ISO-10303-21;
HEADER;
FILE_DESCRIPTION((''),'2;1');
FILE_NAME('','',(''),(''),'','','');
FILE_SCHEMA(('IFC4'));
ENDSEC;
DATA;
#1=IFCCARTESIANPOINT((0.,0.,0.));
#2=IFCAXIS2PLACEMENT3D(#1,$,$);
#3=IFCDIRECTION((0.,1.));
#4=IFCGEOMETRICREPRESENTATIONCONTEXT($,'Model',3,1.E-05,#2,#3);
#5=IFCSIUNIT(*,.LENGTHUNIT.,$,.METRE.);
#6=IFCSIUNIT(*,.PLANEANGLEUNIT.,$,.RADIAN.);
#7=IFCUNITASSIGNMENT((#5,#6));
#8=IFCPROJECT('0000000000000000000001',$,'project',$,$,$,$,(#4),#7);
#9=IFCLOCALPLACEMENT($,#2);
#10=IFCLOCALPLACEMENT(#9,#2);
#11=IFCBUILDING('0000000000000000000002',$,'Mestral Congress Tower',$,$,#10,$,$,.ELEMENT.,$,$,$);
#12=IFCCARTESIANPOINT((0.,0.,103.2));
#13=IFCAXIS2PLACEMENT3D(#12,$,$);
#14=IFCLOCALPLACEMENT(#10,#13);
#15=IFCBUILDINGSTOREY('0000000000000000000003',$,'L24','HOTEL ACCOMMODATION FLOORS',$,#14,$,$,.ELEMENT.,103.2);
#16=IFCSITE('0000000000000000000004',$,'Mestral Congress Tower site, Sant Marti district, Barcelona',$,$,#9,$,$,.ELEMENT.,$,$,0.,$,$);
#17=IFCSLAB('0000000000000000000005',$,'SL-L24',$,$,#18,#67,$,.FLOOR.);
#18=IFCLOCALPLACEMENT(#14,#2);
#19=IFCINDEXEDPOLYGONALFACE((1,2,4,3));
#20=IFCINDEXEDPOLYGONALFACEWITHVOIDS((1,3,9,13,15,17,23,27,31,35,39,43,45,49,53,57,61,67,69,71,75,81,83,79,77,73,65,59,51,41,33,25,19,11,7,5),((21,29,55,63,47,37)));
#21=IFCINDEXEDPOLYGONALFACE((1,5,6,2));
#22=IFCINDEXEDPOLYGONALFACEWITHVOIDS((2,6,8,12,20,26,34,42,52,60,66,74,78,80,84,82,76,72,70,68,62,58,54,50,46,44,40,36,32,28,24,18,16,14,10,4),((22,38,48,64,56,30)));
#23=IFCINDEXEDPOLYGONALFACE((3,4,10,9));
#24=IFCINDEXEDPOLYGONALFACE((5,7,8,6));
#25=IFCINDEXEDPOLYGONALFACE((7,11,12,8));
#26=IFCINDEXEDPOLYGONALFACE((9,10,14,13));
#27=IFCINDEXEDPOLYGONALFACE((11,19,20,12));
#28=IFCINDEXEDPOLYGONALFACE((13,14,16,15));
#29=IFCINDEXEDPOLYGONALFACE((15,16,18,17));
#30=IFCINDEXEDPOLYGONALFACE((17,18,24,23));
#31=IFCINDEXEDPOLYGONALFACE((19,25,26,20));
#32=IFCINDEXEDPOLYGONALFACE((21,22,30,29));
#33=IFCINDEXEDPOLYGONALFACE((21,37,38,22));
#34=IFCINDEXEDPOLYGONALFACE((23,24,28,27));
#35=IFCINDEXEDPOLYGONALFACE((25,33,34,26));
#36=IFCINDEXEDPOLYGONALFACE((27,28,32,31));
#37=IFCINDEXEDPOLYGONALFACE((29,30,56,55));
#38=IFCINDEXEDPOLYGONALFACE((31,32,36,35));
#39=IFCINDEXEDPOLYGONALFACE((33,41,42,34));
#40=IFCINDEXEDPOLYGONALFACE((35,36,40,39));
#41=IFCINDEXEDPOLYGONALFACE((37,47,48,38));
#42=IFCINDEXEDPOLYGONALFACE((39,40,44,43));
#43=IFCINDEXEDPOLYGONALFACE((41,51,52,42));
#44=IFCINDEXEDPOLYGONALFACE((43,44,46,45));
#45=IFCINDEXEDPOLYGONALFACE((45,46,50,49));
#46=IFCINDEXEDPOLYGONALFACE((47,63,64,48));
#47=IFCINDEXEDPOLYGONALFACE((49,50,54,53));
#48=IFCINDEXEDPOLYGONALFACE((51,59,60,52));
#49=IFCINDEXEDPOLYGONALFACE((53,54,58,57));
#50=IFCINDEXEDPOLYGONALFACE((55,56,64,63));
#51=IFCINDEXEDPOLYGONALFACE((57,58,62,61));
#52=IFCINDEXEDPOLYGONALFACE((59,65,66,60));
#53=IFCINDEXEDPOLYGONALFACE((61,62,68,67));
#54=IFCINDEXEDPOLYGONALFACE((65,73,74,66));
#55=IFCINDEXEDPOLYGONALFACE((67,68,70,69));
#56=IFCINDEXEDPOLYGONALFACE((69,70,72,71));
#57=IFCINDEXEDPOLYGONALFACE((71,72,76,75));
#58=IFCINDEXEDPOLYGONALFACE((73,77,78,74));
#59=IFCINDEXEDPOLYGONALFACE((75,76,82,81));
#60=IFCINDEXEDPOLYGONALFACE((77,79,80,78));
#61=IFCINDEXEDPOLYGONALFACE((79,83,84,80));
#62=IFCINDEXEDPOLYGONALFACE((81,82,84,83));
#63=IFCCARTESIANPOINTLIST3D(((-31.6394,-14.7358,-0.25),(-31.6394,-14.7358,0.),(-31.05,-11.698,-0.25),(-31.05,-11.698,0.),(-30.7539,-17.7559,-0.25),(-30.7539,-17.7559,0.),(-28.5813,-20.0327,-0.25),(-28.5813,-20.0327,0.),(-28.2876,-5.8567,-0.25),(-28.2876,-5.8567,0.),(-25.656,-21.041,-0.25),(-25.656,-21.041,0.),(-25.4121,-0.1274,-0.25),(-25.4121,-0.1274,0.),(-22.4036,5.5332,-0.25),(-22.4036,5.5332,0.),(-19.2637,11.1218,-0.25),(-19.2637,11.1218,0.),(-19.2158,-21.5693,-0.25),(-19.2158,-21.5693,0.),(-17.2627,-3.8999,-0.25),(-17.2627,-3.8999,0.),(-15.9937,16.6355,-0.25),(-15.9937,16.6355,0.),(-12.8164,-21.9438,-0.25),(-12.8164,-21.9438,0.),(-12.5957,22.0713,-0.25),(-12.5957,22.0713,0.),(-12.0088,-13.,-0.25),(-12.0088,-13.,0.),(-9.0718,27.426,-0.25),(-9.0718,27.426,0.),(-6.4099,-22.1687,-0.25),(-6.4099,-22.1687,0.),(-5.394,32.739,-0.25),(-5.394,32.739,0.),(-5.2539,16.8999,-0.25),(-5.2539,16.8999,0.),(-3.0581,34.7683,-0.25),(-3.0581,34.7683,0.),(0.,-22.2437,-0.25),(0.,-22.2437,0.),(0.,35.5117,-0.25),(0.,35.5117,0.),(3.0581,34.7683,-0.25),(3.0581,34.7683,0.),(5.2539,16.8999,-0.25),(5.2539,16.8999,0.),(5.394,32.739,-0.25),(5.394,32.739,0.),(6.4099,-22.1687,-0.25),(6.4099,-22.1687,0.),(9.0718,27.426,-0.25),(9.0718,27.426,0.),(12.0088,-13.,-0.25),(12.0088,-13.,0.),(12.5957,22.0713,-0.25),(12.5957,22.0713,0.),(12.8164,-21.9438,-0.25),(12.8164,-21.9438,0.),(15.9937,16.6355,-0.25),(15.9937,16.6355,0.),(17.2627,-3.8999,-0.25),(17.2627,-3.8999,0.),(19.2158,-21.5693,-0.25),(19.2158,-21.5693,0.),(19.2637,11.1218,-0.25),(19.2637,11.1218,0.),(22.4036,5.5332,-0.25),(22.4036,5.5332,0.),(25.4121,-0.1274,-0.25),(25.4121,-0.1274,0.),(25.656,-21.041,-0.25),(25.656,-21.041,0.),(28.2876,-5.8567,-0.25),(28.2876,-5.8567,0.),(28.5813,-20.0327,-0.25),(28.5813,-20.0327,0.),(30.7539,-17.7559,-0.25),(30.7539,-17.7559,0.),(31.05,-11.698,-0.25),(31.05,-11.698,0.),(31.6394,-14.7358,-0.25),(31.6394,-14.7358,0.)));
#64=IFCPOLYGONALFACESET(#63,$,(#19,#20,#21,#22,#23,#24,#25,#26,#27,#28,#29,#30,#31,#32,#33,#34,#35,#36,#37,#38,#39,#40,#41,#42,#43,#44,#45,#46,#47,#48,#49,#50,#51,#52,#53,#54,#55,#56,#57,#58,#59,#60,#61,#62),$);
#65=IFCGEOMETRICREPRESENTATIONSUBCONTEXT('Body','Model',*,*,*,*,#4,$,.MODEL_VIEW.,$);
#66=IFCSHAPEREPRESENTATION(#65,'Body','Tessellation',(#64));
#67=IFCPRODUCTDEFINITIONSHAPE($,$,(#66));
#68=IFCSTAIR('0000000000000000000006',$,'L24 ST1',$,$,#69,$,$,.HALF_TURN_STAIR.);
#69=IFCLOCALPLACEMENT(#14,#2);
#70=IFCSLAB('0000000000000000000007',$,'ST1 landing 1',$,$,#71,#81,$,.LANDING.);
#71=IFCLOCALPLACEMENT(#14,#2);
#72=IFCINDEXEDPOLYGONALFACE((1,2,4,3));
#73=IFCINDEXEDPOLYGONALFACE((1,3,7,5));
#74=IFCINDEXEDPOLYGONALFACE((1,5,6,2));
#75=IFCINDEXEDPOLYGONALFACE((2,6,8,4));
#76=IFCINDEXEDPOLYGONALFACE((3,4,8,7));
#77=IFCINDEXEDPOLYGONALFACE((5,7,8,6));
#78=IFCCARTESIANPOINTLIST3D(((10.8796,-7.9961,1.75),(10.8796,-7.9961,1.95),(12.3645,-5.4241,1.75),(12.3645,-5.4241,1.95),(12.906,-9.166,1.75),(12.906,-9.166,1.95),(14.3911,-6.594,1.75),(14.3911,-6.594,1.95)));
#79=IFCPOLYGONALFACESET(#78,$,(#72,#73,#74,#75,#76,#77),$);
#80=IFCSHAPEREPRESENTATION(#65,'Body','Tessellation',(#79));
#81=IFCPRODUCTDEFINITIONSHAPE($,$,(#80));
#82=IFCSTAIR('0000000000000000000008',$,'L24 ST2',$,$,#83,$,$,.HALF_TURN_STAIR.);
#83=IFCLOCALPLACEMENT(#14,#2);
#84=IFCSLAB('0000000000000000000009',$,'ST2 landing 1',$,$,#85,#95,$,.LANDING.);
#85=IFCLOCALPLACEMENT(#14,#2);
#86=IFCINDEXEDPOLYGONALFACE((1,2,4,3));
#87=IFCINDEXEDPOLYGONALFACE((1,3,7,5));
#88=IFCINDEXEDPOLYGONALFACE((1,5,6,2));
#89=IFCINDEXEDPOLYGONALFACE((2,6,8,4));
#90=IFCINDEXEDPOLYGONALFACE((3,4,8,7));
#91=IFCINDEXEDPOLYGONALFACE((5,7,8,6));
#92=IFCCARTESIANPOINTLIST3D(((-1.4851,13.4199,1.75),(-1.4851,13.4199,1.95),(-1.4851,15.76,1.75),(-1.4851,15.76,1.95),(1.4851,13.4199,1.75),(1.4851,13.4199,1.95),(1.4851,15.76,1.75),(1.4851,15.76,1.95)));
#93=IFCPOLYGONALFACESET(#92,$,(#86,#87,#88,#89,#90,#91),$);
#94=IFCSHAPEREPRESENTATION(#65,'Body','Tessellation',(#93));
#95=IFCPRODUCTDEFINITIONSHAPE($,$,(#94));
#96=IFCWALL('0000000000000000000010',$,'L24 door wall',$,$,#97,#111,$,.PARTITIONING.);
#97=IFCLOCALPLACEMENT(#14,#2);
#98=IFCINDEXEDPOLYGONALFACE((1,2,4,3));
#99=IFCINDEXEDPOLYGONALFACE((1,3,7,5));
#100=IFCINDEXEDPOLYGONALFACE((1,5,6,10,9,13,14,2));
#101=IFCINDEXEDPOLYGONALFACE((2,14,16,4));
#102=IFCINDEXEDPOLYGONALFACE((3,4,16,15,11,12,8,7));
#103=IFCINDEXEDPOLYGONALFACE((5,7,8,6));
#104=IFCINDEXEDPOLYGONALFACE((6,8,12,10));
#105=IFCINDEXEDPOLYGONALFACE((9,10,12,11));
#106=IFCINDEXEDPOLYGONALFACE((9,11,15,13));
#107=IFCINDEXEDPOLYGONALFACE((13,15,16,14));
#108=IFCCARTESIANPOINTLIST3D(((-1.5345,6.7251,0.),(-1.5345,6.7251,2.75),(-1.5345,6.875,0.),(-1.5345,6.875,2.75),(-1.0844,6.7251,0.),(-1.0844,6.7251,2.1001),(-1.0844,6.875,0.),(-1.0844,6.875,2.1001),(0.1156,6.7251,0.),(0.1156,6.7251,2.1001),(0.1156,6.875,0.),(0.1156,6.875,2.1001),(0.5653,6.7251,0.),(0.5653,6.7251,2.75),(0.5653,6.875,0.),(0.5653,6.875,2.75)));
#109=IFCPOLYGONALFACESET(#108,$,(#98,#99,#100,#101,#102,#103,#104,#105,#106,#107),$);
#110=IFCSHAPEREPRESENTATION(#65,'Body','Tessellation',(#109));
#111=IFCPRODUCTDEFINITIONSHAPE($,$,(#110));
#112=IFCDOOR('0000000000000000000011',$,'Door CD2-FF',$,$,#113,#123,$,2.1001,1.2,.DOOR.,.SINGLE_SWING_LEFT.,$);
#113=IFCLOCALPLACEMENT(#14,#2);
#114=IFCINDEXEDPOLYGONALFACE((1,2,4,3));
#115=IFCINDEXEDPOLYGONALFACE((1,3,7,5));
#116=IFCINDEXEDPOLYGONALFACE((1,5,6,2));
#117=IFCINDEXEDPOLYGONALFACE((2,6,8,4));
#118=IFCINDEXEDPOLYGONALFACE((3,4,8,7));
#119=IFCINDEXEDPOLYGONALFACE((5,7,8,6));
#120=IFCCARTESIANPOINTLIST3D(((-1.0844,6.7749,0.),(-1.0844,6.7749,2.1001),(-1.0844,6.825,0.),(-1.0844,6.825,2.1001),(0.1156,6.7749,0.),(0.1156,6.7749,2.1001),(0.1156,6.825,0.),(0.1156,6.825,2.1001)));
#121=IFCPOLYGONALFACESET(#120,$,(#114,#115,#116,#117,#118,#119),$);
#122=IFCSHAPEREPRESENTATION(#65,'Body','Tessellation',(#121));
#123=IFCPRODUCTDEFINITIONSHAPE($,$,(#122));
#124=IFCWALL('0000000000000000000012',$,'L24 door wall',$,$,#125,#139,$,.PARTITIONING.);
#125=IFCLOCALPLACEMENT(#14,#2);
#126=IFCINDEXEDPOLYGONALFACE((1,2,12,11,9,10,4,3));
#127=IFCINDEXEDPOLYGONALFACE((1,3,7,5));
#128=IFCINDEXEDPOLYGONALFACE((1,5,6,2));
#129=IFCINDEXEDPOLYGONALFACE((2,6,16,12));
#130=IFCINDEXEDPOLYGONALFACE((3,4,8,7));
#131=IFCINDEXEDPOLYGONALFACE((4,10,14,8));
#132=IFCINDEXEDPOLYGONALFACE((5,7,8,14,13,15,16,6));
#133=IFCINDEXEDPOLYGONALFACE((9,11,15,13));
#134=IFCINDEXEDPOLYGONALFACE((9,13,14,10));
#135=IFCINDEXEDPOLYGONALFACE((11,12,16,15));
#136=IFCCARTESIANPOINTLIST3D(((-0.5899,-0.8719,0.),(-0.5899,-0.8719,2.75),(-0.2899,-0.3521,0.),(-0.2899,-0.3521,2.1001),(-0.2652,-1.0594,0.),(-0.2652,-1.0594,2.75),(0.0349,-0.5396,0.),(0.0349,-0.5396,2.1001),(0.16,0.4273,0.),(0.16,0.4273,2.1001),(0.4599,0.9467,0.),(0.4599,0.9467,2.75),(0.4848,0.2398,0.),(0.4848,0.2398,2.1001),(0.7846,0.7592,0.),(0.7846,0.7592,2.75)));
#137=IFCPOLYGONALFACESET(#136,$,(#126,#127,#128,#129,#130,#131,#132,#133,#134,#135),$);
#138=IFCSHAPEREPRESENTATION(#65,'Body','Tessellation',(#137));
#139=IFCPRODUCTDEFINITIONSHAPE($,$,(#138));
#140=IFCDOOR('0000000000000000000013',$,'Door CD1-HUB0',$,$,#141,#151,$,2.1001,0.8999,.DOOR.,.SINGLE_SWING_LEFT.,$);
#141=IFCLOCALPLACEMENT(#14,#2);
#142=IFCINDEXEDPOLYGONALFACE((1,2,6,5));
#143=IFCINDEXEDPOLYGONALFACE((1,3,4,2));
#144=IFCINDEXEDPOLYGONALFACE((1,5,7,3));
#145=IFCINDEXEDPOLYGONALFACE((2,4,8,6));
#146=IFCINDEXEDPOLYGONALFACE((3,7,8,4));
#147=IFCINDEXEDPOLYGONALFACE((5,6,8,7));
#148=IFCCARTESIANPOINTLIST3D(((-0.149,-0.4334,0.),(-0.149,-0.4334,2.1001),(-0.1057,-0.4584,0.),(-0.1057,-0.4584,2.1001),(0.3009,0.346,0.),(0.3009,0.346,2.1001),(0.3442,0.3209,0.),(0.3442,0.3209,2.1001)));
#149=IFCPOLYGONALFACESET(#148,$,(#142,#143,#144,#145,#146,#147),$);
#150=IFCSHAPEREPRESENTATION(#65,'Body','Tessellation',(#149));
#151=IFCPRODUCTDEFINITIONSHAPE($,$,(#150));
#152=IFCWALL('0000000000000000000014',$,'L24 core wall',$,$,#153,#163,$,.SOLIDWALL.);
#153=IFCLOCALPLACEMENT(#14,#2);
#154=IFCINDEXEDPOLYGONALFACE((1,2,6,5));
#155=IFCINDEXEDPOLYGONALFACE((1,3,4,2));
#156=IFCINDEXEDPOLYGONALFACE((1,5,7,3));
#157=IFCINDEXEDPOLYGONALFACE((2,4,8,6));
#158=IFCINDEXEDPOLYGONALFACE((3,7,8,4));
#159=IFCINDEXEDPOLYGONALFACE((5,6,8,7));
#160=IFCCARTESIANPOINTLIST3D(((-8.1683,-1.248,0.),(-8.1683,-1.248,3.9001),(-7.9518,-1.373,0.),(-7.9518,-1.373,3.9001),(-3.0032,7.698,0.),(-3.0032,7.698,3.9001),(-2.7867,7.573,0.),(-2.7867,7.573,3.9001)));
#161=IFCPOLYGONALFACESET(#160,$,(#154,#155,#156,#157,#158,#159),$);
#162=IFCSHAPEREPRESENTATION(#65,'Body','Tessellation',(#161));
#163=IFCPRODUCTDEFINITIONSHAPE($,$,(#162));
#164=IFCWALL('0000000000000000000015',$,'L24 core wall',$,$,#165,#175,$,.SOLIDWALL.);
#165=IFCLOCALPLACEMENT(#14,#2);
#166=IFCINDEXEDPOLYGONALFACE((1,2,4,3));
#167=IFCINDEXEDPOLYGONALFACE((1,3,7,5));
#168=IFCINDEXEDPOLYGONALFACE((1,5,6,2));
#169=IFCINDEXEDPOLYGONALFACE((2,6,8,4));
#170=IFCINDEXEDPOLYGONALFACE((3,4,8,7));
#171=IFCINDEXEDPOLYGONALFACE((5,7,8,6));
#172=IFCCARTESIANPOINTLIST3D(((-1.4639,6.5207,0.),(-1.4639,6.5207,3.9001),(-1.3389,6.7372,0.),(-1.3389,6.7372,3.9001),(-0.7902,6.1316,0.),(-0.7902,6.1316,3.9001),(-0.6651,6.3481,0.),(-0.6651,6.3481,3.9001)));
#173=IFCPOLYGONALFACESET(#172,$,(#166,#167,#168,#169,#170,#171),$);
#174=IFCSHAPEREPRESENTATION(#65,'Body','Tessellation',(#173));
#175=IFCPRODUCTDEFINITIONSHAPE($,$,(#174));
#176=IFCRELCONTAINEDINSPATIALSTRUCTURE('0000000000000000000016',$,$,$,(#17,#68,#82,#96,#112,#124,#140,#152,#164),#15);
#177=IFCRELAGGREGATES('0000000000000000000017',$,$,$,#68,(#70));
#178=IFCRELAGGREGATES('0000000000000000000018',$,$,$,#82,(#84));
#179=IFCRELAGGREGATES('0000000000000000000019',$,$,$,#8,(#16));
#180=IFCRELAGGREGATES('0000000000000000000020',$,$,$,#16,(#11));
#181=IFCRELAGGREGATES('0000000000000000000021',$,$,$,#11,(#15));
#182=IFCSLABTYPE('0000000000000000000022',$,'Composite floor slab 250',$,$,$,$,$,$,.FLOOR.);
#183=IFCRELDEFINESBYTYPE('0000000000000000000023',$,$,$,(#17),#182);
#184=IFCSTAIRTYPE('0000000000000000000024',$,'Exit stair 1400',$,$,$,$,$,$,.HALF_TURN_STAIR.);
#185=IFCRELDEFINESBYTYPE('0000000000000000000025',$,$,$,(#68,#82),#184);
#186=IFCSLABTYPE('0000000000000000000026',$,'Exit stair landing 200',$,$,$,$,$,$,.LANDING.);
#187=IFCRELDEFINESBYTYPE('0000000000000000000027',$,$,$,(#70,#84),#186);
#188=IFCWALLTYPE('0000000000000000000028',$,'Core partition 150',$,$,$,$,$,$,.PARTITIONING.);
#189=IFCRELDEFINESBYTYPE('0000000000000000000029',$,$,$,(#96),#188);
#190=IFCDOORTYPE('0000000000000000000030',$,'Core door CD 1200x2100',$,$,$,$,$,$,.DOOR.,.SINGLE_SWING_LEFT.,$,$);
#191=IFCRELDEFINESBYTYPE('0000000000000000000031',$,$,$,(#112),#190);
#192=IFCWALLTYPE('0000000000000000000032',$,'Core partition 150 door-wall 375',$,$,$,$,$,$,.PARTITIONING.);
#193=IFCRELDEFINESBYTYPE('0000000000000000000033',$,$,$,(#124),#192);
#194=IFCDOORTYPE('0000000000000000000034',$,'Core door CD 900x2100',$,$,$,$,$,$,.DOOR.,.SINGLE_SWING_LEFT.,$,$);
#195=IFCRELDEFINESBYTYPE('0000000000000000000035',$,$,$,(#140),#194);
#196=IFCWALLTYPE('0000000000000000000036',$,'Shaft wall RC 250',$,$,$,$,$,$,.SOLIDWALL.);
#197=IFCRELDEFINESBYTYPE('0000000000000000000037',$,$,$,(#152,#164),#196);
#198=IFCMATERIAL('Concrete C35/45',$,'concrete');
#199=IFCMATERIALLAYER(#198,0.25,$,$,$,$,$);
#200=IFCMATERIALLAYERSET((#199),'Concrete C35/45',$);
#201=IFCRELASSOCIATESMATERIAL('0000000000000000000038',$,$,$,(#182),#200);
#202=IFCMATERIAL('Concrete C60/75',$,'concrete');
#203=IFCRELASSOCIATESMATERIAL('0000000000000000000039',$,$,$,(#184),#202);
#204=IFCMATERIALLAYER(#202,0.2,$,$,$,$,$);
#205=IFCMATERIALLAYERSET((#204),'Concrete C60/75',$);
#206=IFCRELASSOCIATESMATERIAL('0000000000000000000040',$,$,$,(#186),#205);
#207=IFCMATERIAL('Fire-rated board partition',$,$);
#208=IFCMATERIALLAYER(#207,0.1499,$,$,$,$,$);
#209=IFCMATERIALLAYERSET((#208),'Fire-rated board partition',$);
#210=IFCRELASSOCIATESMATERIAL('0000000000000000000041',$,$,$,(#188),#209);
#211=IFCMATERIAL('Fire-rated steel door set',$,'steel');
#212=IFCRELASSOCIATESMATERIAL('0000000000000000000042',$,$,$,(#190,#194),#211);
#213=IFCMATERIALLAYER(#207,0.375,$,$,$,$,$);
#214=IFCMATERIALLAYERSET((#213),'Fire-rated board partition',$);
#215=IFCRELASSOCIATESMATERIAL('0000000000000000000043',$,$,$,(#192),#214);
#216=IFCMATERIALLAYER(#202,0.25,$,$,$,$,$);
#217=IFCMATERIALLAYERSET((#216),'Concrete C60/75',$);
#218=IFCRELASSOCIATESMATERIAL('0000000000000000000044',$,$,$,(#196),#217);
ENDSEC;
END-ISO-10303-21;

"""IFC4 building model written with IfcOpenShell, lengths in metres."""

from ifc_helpers import new_model, si_unit, direction, frame, frame_2d, origin, place, context, subcontext, project, spatial, polyline, rectangle, outline, extrude, material, layer, layer_set, type_object, element, fill, aggregate, save


model = new_model("IFC4")

# Units and contexts
model_context = context("Model", 3, precision=1e-05, world=origin(), true_north=direction((0.0, 1.0)))
body_context = subcontext(model_context, "Body", "Model", "MODEL_VIEW")
ifc_project = project(units=[si_unit("LENGTHUNIT", "METRE"), si_unit("PLANEANGLEUNIT", "RADIAN")], contexts=[model_context])

# Site, building, storey
site_placement = place(None, origin())
site = spatial("IfcSite", under=ifc_project, at=site_placement, Name="Mestral Congress Tower site, Sant Marti district, Barcelona", CompositionType="ELEMENT", RefElevation=0.0)
building_placement = place(site_placement, origin())
building = spatial("IfcBuilding", under=site, at=building_placement, Name="Mestral Congress Tower", CompositionType="ELEMENT")
storey_placement = place(building_placement, frame((0.0, 0.0, 103.2)))
storey = spatial("IfcBuildingStorey", under=building, at=storey_placement, Name="L24", Description="HOTEL ACCOMMODATION FLOORS", CompositionType="ELEMENT", Elevation=103.2)

# Slab
ifc_material_1 = material(Name="Concrete C35/45", Category="concrete")
ifc_layer_1 = layer(ifc_material_1, 0.25)
ifc_layer_set_1 = layer_set([ifc_layer_1], Name="Concrete C35/45")
slab_type_1 = type_object("IfcSlabType", Name="Composite floor slab 250", PredefinedType="FLOOR", material=ifc_layer_set_1)
slab_1_placement = place(storey_placement, frame((0.0, 0.0, -0.25)))
element("IfcSlab", 1, at=slab_1_placement, inside=storey, type_object=slab_type_1, Name="SL-L24", PredefinedType="FLOOR", context=body_context, shape_type="SweptSolid", body=[
    extrude(outline(polyline([(-25.656, -21.041), (-28.5813, -20.0327), (-30.7539, -17.7559), (-31.6394, -14.7358), (-31.05, -11.698), (-28.2876, -5.8567), (-25.4121, -0.1274), (-22.4036, 5.5332), (-19.2637, 11.1218), (-15.9937, 16.6355), (-12.5957, 22.0713), (-9.0718, 27.426), (-5.394, 32.739), (-3.0581, 34.7683), (0.0, 35.5117), (3.0581, 34.7683), (5.394, 32.739), (9.0718, 27.426), (12.5957, 22.0713), (15.9937, 16.6355), (19.2637, 11.1218), (22.4036, 5.5332), (25.4121, -0.1274), (28.2876, -5.8567), (31.05, -11.698), (31.6394, -14.7358), (30.7539, -17.7559), (28.5813, -20.0327), (25.656, -21.041), (19.2158, -21.5693), (12.8164, -21.9438), (6.4099, -22.1687), (0.0, -22.2437), (-6.4099, -22.1687), (-12.8164, -21.9438), (-19.2158, -21.5693), (-25.656, -21.041)]), holes=[polyline([(-5.2539, 16.8999), (-17.2627, -3.8999), (-12.0088, -13.0), (12.0088, -13.0), (17.2627, -3.8999), (5.2539, 16.8999), (-5.2539, 16.8999)])]), origin(), (0.0, 0.0, 1.0), 0.25),
])

# Stairs, slabs
ifc_material_2 = material(Name="Concrete C60/75", Category="concrete")
stair_type = type_object("IfcStairType", Name="Exit stair 1400", PredefinedType="HALF_TURN_STAIR", material=ifc_material_2)
placement_1 = place(storey_placement, origin())
stair_1 = element("IfcStair", 2, at=placement_1, inside=storey, type_object=stair_type, Name="L24 ST1", PredefinedType="HALF_TURN_STAIR")
ifc_layer_2 = layer(ifc_material_2, 0.2)
ifc_layer_set_2 = layer_set([ifc_layer_2], Name="Concrete C60/75")
slab_type_2 = type_object("IfcSlabType", Name="Exit stair landing 200", PredefinedType="LANDING", material=ifc_layer_set_2)
placement_2 = place(storey_placement, frame((0.0, 0.0, 1.75)))
slab_2 = element("IfcSlab", 3, at=placement_2, type_object=slab_type_2, Name="ST1 landing 1", PredefinedType="LANDING", context=body_context, shape_type="SweptSolid", body=[
    extrude(outline(polyline([(10.8796, -7.9961), (12.3645, -5.4241), (14.3911, -6.594), (12.906, -9.166), (10.8796, -7.9961)])), origin(), (0.0, 0.0, 1.0), 0.2),
])
aggregate(stair_1, [slab_2])
stair_2 = element("IfcStair", 4, at=placement_1, inside=storey, type_object=stair_type, Name="L24 ST2", PredefinedType="HALF_TURN_STAIR")
slab_3 = element("IfcSlab", 5, at=placement_2, type_object=slab_type_2, Name="ST2 landing 1", PredefinedType="LANDING", context=body_context, shape_type="SweptSolid", body=[
    extrude(outline(polyline([(1.4851, 13.4199), (-1.4851, 13.4199), (-1.4851, 15.76), (1.4851, 15.76), (1.4851, 13.4199)])), origin(), (0.0, 0.0, 1.0), 0.2),
])
aggregate(stair_2, [slab_3])

# Walls, openings, doors
ifc_material_3 = material(Name="Fire-rated board partition")
ifc_layer_3 = layer(ifc_material_3, 0.1499)
ifc_layer_set_3 = layer_set([ifc_layer_3], Name="Fire-rated board partition")
wall_type_1 = type_object("IfcWallType", Name="Core partition 150", PredefinedType="PARTITIONING", material=ifc_layer_set_3)
wall_1_placement = place(storey_placement, frame((-1.5344, 6.8, 0.0), z_axis=(0.0, 0.0, 1.0), x_axis=(1.0, 0.0, 0.0)))
wall_1 = element("IfcWall", 6, at=wall_1_placement, inside=storey, type_object=wall_type_1, Name="L24 door wall", PredefinedType="PARTITIONING", context=body_context, shape_type="SweptSolid", body=[
    extrude(rectangle(XDim=2.0999, YDim=0.1499, at=frame_2d((1.0498, 0.0))), origin(), (0.0, 0.0, 1.0), 2.75),
])
opening_1_placement = place(wall_1_placement, frame((0.45, 0.0, 0.0)))
opening_1 = element("IfcOpeningElement", 7, at=opening_1_placement, cuts=wall_1, PredefinedType="OPENING", context=body_context, shape_type="SweptSolid", body=[
    extrude(rectangle(XDim=1.2, YDim=2.1001, at=frame_2d((0.6001, 1.05))), frame((0.0, 0.085, 0.0), z_axis=(0.0, -1.0, 0.0), x_axis=(1.0, 0.0, 0.0)), (0.0, 0.0, 1.0), 0.1699),
])
ifc_material_4 = material(Name="Fire-rated steel door set", Category="steel")
door_type_1 = type_object("IfcDoorType", Name="Core door CD 1200x2100", OperationType="SINGLE_SWING_LEFT", PredefinedType="DOOR", material=ifc_material_4)
door_1_placement = place(opening_1_placement, origin())
door_1 = element("IfcDoor", 8, at=door_1_placement, inside=storey, type_object=door_type_1, Name="Door CD2-FF", OperationType="SINGLE_SWING_LEFT", OverallHeight=2.1001, OverallWidth=1.2, PredefinedType="DOOR", context=body_context, shape_type="SweptSolid", body=[
    extrude(rectangle(XDim=1.2, YDim=2.1001, at=frame_2d((0.6001, 1.05))), frame((0.0, 0.0249, 0.0), z_axis=(0.0, -1.0, 0.0), x_axis=(1.0, 0.0, 0.0)), (0.0, 0.0, 1.0), 0.05),
])
fill(opening_1, door_1)
ifc_layer_4 = layer(ifc_material_3, 0.375)
ifc_layer_set_4 = layer_set([ifc_layer_4], Name="Fire-rated board partition")
wall_type_2 = type_object("IfcWallType", Name="Core partition 150 door-wall 375", PredefinedType="PARTITIONING", material=ifc_layer_set_4)
wall_2_placement = place(storey_placement, frame((-0.4275, -0.9656, 0.0), z_axis=(0.0, 0.0, 1.0), x_axis=(0.499941, 0.86606, 0.0)))
wall_2 = element("IfcWall", 9, at=wall_2_placement, inside=storey, type_object=wall_type_2, Name="L24 door wall", PredefinedType="PARTITIONING", context=body_context, shape_type="SweptSolid", body=[
    extrude(rectangle(XDim=2.0999, YDim=0.375, at=frame_2d((1.0498, 0.0))), origin(), (0.0, 0.0, 1.0), 2.75),
])
opening_2_placement = place(wall_2_placement, frame((0.6001, 0.0, 0.0)))
opening_2 = element("IfcOpeningElement", 10, at=opening_2_placement, cuts=wall_2, PredefinedType="OPENING", context=body_context, shape_type="SweptSolid", body=[
    extrude(rectangle(XDim=0.8999, YDim=2.1001, at=frame_2d((0.45, 1.05))), frame((0.0, 0.1975, 0.0), z_axis=(0.0, -1.0, 0.0), x_axis=(1.0, 0.0, 0.0)), (0.0, 0.0, 1.0), 0.395),
])
door_type_2 = type_object("IfcDoorType", Name="Core door CD 900x2100", OperationType="SINGLE_SWING_LEFT", PredefinedType="DOOR", material=ifc_material_4)
door_2_placement = place(opening_2_placement, origin())
door_2 = element("IfcDoor", 11, at=door_2_placement, inside=storey, type_object=door_type_2, Name="Door CD1-HUB0", OperationType="SINGLE_SWING_LEFT", OverallHeight=2.1001, OverallWidth=0.8999, PredefinedType="DOOR", context=body_context, shape_type="SweptSolid", body=[
    extrude(rectangle(XDim=0.8999, YDim=2.1001, at=frame_2d((0.45, 1.05))), frame((0.0, 0.0249, 0.0), z_axis=(0.0, -1.0, 0.0), x_axis=(1.0, 0.0, 0.0)), (0.0, 0.0, 1.0), 0.05),
])
fill(opening_2, door_2)

# Walls
ifc_layer_5 = layer(ifc_material_2, 0.25)
ifc_layer_set_5 = layer_set([ifc_layer_5], Name="Concrete C60/75")
wall_type_3 = type_object("IfcWallType", Name="Shaft wall RC 250", PredefinedType="SOLIDWALL", material=ifc_layer_set_5)
wall_3_placement = place(storey_placement, frame((-8.0601, -1.3105, 0.0), z_axis=(0.0, 0.0, 1.0), x_axis=(0.500003, 0.866024, 0.0)))
element("IfcWall", 12, at=wall_3_placement, inside=storey, type_object=wall_type_3, Name="L24 core wall", PredefinedType="SOLIDWALL", context=body_context, shape_type="SweptSolid", body=[
    extrude(rectangle(XDim=10.3301, YDim=0.25, at=frame_2d((5.165, 0.0))), origin(), (0.0, 0.0, 1.0), 3.9001),
])
wall_4_placement = place(storey_placement, frame((-0.7275, 6.2397, 0.0), z_axis=(0.0, 0.0, 1.0), x_axis=(-0.865956, 0.500121, 0.0)))
element("IfcWall", 13, at=wall_4_placement, inside=storey, type_object=wall_type_3, Name="L24 core wall", PredefinedType="SOLIDWALL", context=body_context, shape_type="SweptSolid", body=[
    extrude(rectangle(XDim=0.7781, YDim=0.25, at=frame_2d((0.3892, 0.0))), origin(), (0.0, 0.0, 1.0), 3.9001),
])

save(model, "model.ifc")
